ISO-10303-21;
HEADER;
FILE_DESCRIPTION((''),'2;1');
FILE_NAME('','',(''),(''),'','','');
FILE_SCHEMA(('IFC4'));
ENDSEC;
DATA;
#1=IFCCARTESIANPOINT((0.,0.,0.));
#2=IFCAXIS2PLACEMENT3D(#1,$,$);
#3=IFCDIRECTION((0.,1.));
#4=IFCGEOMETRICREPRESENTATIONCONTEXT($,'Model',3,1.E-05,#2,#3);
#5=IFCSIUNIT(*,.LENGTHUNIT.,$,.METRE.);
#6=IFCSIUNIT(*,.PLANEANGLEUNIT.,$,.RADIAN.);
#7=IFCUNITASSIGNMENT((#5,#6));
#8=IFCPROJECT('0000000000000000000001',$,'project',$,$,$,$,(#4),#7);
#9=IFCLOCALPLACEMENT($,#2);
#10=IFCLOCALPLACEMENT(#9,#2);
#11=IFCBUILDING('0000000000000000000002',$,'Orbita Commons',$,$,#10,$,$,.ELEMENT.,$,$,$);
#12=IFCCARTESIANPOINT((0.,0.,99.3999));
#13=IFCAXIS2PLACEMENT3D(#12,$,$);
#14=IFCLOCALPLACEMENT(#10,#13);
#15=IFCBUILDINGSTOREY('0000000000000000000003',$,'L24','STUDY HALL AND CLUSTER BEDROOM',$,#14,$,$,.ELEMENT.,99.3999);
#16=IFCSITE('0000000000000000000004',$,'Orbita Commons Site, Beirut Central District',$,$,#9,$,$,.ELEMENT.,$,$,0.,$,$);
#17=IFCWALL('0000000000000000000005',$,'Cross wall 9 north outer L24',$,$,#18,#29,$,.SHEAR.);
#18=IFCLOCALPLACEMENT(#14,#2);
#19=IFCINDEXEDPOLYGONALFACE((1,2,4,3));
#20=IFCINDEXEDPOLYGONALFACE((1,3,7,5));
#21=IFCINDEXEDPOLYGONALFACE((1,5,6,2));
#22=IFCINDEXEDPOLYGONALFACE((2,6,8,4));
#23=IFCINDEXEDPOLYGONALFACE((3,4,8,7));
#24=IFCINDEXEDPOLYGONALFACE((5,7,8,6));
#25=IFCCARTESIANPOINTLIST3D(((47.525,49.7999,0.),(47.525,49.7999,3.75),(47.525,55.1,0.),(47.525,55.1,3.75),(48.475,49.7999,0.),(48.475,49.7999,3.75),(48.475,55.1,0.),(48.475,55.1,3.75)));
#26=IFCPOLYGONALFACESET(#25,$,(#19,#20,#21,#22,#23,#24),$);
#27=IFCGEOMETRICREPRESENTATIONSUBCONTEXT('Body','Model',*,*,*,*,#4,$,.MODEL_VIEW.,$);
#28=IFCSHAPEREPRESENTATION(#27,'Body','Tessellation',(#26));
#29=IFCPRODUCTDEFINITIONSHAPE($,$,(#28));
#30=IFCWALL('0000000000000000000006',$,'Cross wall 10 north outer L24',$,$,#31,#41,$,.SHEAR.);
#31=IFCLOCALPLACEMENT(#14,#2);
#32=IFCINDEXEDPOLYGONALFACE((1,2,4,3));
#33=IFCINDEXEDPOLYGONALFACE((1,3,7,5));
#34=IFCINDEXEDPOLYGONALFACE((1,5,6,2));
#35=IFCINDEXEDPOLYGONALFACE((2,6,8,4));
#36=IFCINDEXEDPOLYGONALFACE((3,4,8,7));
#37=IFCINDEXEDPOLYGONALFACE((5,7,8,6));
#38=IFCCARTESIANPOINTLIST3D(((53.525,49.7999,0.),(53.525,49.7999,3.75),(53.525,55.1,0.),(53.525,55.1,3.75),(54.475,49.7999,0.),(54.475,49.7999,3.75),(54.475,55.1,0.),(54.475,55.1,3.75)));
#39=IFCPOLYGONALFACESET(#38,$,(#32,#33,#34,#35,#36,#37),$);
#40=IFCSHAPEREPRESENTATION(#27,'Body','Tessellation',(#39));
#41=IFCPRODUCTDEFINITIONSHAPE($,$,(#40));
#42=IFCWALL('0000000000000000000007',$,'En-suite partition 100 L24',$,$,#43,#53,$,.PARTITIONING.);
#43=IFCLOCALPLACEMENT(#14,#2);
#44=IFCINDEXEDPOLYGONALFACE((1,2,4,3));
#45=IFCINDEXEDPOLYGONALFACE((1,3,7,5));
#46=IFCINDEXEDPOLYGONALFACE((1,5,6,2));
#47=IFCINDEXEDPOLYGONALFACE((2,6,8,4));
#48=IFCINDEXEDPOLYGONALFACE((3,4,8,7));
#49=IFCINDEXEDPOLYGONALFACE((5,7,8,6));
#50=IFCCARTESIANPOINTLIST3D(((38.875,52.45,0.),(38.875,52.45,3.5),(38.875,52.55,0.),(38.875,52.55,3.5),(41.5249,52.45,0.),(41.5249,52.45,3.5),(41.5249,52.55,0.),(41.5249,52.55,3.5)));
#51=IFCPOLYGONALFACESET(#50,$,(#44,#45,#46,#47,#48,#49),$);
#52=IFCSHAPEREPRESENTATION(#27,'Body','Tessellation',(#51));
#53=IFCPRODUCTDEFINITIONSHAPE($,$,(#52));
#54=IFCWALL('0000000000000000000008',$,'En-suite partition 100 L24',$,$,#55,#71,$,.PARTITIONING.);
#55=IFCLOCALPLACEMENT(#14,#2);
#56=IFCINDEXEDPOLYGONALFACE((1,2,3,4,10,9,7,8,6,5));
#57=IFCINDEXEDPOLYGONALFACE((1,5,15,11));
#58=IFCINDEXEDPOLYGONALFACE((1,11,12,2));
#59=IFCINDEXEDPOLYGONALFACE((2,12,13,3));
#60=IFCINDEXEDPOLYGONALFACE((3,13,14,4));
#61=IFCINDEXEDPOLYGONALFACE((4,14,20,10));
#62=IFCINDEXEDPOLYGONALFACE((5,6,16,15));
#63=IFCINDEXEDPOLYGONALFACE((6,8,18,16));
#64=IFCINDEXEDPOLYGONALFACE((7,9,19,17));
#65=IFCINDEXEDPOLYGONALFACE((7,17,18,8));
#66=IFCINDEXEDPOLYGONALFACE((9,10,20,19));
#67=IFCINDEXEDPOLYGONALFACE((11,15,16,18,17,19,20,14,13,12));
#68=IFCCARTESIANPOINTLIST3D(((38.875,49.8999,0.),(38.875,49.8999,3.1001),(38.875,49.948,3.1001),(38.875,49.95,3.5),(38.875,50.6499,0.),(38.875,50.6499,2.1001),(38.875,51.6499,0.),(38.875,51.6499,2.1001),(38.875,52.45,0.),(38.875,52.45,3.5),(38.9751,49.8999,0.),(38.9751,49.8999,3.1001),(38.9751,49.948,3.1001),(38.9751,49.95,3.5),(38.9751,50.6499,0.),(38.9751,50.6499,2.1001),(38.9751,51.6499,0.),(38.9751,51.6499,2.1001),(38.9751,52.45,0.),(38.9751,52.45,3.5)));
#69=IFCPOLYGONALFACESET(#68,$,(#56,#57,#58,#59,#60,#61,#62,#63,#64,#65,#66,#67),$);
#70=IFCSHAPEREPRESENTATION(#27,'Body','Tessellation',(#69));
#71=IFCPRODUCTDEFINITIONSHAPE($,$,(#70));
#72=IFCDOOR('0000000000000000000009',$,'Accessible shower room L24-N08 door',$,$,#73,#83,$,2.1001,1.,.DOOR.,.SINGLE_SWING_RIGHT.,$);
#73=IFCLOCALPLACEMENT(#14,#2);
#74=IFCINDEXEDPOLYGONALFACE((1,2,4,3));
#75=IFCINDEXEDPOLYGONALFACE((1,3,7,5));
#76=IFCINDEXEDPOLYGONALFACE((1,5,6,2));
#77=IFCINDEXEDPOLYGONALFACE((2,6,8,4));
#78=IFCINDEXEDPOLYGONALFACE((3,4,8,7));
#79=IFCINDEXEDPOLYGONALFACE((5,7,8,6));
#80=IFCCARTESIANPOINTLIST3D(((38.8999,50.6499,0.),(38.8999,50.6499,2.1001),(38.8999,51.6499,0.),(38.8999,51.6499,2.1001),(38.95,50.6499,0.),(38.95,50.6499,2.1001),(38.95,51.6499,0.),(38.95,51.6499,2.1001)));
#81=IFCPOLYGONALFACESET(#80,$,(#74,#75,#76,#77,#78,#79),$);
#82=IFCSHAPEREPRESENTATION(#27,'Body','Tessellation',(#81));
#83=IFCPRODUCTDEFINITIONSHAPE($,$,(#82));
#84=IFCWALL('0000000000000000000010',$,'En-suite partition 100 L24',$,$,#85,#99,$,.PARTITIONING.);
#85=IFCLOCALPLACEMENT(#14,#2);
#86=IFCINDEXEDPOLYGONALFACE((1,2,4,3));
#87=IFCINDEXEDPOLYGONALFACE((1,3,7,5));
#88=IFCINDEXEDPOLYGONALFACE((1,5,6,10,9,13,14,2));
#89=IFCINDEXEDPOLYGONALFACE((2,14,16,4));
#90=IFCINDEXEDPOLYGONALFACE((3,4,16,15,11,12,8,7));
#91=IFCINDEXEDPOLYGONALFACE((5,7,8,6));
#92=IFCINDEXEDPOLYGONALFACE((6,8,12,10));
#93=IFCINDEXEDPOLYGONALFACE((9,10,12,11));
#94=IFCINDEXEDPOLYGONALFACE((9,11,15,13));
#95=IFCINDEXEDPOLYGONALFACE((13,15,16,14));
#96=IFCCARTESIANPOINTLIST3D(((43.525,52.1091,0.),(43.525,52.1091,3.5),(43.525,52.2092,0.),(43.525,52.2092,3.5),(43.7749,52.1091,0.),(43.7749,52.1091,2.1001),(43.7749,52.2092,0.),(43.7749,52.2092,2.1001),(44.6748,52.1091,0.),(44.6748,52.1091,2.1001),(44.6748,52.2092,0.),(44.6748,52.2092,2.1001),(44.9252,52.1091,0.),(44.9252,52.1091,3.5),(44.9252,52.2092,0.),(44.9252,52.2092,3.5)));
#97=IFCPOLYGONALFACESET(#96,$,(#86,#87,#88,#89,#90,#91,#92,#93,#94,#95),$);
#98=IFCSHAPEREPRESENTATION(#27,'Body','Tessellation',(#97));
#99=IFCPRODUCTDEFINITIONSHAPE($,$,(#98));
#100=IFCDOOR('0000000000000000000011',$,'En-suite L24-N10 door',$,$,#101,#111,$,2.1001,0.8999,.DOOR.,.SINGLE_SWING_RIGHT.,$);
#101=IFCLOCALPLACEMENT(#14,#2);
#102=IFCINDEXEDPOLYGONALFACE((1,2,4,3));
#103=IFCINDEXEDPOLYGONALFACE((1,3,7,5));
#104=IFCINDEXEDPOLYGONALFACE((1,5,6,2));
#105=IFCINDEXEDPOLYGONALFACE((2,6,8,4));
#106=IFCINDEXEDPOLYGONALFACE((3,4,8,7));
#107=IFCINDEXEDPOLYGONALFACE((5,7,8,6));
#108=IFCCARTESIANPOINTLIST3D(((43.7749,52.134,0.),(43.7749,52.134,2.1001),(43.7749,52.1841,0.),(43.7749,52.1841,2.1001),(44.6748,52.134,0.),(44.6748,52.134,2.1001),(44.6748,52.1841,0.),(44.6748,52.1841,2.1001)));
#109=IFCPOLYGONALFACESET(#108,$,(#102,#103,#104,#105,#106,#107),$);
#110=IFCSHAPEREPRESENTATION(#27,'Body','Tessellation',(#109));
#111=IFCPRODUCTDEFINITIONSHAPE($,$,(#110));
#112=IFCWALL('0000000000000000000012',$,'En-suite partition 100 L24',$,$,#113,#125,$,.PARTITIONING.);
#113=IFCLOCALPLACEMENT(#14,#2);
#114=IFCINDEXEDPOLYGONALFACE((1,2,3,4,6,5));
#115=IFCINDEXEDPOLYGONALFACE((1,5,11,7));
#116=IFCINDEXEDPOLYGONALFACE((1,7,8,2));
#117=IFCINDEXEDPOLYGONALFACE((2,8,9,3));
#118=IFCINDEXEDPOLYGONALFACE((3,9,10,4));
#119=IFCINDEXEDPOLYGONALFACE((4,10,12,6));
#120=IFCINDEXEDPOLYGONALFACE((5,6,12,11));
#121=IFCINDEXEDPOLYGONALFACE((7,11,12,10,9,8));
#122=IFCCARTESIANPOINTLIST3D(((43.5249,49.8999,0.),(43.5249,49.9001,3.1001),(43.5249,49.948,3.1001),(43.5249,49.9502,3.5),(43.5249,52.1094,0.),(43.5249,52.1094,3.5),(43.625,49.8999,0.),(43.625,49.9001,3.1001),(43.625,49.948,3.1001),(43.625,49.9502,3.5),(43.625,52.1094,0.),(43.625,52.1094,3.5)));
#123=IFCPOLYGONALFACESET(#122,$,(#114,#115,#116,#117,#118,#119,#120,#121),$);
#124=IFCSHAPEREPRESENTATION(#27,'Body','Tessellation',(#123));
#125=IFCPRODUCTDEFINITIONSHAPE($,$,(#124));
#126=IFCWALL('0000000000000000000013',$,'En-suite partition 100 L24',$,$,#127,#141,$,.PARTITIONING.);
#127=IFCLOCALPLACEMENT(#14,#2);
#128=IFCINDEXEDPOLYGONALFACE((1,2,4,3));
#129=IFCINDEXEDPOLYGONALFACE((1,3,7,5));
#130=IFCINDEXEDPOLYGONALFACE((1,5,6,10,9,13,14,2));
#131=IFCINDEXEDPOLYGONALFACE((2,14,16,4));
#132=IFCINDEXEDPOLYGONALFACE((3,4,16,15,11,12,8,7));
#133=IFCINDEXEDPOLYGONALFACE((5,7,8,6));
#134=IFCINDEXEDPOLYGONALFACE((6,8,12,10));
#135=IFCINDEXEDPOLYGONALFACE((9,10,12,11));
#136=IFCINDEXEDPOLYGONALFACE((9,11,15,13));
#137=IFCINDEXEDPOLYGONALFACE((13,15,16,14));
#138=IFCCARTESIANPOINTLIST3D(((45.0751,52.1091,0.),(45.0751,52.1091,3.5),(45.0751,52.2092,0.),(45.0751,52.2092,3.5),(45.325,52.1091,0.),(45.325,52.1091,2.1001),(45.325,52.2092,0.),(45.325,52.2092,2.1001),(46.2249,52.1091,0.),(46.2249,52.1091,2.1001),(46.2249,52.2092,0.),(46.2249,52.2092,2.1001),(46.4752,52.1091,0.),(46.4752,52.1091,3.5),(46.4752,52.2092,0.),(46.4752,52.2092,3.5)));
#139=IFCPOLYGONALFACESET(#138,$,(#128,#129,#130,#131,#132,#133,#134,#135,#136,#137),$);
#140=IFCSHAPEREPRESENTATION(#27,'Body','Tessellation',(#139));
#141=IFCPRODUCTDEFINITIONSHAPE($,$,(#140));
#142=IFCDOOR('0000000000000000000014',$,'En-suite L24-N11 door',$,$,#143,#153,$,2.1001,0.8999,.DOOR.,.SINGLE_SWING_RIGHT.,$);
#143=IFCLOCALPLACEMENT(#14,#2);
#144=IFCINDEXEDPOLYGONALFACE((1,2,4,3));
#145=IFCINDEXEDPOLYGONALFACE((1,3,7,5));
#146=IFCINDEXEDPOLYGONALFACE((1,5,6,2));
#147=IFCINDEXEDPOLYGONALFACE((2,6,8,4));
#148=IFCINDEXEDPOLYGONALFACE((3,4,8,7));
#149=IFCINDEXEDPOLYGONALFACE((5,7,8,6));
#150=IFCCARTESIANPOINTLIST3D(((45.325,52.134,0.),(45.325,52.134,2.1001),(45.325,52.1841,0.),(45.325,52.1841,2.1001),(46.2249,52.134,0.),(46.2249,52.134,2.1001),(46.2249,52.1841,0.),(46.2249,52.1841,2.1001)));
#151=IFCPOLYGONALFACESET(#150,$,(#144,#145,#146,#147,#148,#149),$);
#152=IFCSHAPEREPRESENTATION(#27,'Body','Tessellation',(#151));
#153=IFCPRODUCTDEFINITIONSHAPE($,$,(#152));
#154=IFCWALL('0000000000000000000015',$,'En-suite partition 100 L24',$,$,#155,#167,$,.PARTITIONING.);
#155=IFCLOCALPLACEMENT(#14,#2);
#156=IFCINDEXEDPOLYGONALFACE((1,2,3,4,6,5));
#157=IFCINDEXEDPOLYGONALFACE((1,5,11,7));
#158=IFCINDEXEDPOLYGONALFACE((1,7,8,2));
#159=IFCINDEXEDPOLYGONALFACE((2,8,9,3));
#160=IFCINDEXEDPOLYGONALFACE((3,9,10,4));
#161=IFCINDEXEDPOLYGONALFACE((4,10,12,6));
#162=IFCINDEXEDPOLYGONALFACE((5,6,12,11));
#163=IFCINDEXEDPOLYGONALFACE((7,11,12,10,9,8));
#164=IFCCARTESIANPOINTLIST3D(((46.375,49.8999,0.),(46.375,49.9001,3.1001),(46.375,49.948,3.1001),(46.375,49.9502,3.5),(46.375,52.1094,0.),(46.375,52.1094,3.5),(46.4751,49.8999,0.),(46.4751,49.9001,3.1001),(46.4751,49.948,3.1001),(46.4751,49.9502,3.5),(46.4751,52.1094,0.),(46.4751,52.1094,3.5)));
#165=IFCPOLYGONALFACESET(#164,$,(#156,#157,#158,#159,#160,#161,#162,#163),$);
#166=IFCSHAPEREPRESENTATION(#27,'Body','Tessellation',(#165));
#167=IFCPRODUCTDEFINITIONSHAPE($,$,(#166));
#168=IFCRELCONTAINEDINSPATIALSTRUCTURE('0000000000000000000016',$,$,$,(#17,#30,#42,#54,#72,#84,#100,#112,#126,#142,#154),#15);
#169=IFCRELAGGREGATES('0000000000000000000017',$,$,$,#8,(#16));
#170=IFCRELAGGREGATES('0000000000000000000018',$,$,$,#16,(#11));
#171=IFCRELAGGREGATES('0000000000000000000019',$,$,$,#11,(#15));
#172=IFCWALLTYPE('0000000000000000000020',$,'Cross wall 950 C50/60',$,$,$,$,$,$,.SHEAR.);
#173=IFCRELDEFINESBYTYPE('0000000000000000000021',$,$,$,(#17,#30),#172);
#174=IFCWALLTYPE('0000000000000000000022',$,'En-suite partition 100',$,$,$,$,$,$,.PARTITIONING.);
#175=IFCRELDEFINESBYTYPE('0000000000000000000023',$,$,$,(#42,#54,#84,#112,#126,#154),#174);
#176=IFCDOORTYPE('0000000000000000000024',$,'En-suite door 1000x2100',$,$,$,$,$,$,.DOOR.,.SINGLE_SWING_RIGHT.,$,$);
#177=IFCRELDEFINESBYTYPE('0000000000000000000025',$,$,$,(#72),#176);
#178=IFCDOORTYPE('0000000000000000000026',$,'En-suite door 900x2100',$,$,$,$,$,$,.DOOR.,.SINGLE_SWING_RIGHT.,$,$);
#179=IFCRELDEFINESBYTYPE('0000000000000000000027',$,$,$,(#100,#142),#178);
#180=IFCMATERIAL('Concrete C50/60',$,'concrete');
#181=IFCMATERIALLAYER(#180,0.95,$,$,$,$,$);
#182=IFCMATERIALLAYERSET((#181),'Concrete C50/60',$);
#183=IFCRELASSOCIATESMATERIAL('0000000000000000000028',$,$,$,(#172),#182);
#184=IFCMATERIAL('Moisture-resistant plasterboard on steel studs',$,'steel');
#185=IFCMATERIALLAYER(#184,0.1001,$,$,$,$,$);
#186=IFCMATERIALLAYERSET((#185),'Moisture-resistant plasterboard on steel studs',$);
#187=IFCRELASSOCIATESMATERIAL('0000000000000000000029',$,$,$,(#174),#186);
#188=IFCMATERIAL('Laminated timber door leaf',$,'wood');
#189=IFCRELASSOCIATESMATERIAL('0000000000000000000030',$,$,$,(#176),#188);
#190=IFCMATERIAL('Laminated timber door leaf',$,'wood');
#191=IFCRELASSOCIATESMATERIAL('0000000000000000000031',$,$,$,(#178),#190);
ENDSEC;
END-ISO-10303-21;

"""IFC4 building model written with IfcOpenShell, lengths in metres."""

from ifc_helpers import new_model, si_unit, direction, frame, frame_2d, origin, place, context, subcontext, project, spatial, polyline, rectangle, outline, extrude, material, layer, layer_set, type_object, element, fill, save


model = new_model("IFC4")

# Units and contexts
model_context = context("Model", 3, precision=1e-05, world=origin(), true_north=direction((0.0, 1.0)))
body_context = subcontext(model_context, "Body", "Model", "MODEL_VIEW")
ifc_project = project(units=[si_unit("LENGTHUNIT", "METRE"), si_unit("PLANEANGLEUNIT", "RADIAN")], contexts=[model_context])

# Site, building, storey
site_placement = place(None, origin())
site = spatial("IfcSite", under=ifc_project, at=site_placement, Name="Orbita Commons Site, Beirut Central District", CompositionType="ELEMENT", RefElevation=0.0)
building_placement = place(site_placement, origin())
building = spatial("IfcBuilding", under=site, at=building_placement, Name="Orbita Commons", CompositionType="ELEMENT")
storey_placement = place(building_placement, frame((0.0, 0.0, 99.3999)))
storey = spatial("IfcBuildingStorey", under=building, at=storey_placement, Name="L24", Description="STUDY HALL AND CLUSTER BEDROOM", CompositionType="ELEMENT", Elevation=99.3999)

# Walls
ifc_material_1 = material(Name="Concrete C50/60", Category="concrete")
ifc_layer_1 = layer(ifc_material_1, 0.95)
ifc_layer_set_1 = layer_set([ifc_layer_1], Name="Concrete C50/60")
wall_type_1 = type_object("IfcWallType", Name="Cross wall 950 C50/60", PredefinedType="SHEAR", material=ifc_layer_set_1)
for number, where, z_axis, x_axis, name in (
    (1, (48.0, 49.8, 0.0), (0.0, 0.0, 1.0), (0.0, 1.0, 0.0), "Cross wall 9 north outer L24"),
    (2, (54.0, 49.8, 0.0), (0.0, 0.0, 1.0), (0.0, 1.0, 0.0), "Cross wall 10 north outer L24"),
):
    element("IfcWall", number, at=place(storey_placement, frame(where, z_axis=z_axis, x_axis=x_axis)), inside=storey, type_object=wall_type_1, Name=name, PredefinedType="SHEAR", context=body_context, shape_type="SweptSolid", body=[
        extrude(rectangle(XDim=5.3, YDim=0.95, at=frame_2d((2.6499, 0.0))), origin(), (0.0, 0.0, 1.0), 3.75),
    ])
ifc_material_2 = material(Name="Moisture-resistant plasterboard on steel studs", Category="steel")
ifc_layer_2 = layer(ifc_material_2, 0.1001)
ifc_layer_set_2 = layer_set([ifc_layer_2], Name="Moisture-resistant plasterboard on steel studs")
wall_type_2 = type_object("IfcWallType", Name="En-suite partition 100", PredefinedType="PARTITIONING", material=ifc_layer_set_2)
wall_1_placement = place(storey_placement, frame((38.875, 52.5, 0.0), z_axis=(0.0, 0.0, 1.0), x_axis=(1.0, 0.0, 0.0)))
element("IfcWall", 3, at=wall_1_placement, inside=storey, type_object=wall_type_2, Name="En-suite partition 100 L24", PredefinedType="PARTITIONING", context=body_context, shape_type="SweptSolid", body=[
    extrude(rectangle(XDim=2.6499, YDim=0.1001, at=frame_2d((1.325, 0.0))), origin(), (0.0, 0.0, 1.0), 3.5),
])

# Walls, openings, doors
wall_2_placement = place(storey_placement, frame((38.925, 52.45, 0.0), z_axis=(0.0, 0.0, 1.0), x_axis=(0.0, -1.0, 0.0)))
wall_2 = element("IfcWall", 4, at=wall_2_placement, inside=storey, type_object=wall_type_2, Name="En-suite partition 100 L24", PredefinedType="PARTITIONING", context=body_context, shape_type="SweptSolid", body=[
    extrude(outline(polyline([(0.0, 0.0), (2.55, 0.0), (2.55, 3.1001), (2.502, 3.1001), (2.5, 3.5), (0.0, 3.5), (0.0, 0.0)])), frame((0.0, 0.05, 0.0), z_axis=(0.0, -1.0, 0.0), x_axis=(1.0, 0.0, 0.0)), (0.0, 0.0, 1.0), 0.1001),
])
opening_1_placement = place(wall_2_placement, frame((0.8, 0.0, 0.0)))
opening_1 = element("IfcOpeningElement", 5, at=opening_1_placement, cuts=wall_2, PredefinedType="OPENING", context=body_context, shape_type="SweptSolid", body=[
    extrude(rectangle(XDim=1.0, YDim=2.1001, at=frame_2d((0.5, 1.05))), frame((0.0, 0.0601, 0.0), z_axis=(0.0, -1.0, 0.0), x_axis=(1.0, 0.0, 0.0)), (0.0, 0.0, 1.0), 0.1201),
])
ifc_material_3 = material(Name="Laminated timber door leaf", Category="wood")
door_type_1 = type_object("IfcDoorType", Name="En-suite door 1000x2100", OperationType="SINGLE_SWING_RIGHT", PredefinedType="DOOR", material=ifc_material_3)
door_1_placement = place(opening_1_placement, origin())
door_1 = element("IfcDoor", 6, at=door_1_placement, inside=storey, type_object=door_type_1, Name="Accessible shower room L24-N08 door", OperationType="SINGLE_SWING_RIGHT", OverallHeight=2.1001, OverallWidth=1.0, PredefinedType="DOOR", context=body_context, shape_type="SweptSolid", body=[
    extrude(rectangle(XDim=1.0, YDim=2.1001, at=frame_2d((0.5, 1.05))), frame((0.0, 0.0249, 0.0), z_axis=(0.0, -1.0, 0.0), x_axis=(1.0, 0.0, 0.0)), (0.0, 0.0, 1.0), 0.05),
])
fill(opening_1, door_1)
wall_3_placement = place(storey_placement, frame((43.5249, 52.1592, 0.0), z_axis=(0.0, 0.0, 1.0), x_axis=(1.0, 0.0, 0.0)))
wall_3 = element("IfcWall", 7, at=wall_3_placement, inside=storey, type_object=wall_type_2, Name="En-suite partition 100 L24", PredefinedType="PARTITIONING", context=body_context, shape_type="SweptSolid", body=[
    extrude(rectangle(XDim=1.4001, YDim=0.1001, at=frame_2d((0.7002, 0.0))), origin(), (0.0, 0.0, 1.0), 3.5),
])
opening_2_placement = place(wall_3_placement, frame((0.25, 0.0, 0.0)))
opening_2 = element("IfcOpeningElement", 8, at=opening_2_placement, cuts=wall_3, PredefinedType="OPENING", context=body_context, shape_type="SweptSolid", body=[
    extrude(rectangle(XDim=0.8999, YDim=2.1001, at=frame_2d((0.45, 1.05))), frame((0.0, 0.0601, 0.0), z_axis=(0.0, -1.0, 0.0), x_axis=(1.0, 0.0, 0.0)), (0.0, 0.0, 1.0), 0.1201),
])
ifc_material_4 = material(Name="Laminated timber door leaf", Category="wood")
door_type_2 = type_object("IfcDoorType", Name="En-suite door 900x2100", OperationType="SINGLE_SWING_RIGHT", PredefinedType="DOOR", material=ifc_material_4)
door_2_placement = place(opening_2_placement, origin())
door_2 = element("IfcDoor", 9, at=door_2_placement, inside=storey, type_object=door_type_2, Name="En-suite L24-N10 door", OperationType="SINGLE_SWING_RIGHT", OverallHeight=2.1001, OverallWidth=0.8999, PredefinedType="DOOR", context=body_context, shape_type="SweptSolid", body=[
    extrude(rectangle(XDim=0.8999, YDim=2.1001, at=frame_2d((0.45, 1.05))), frame((0.0, 0.0249, 0.0), z_axis=(0.0, -1.0, 0.0), x_axis=(1.0, 0.0, 0.0)), (0.0, 0.0, 1.0), 0.05),
])
fill(opening_2, door_2)

# Wall
wall_4_placement = place(storey_placement, frame((43.575, 52.1094, 0.0), z_axis=(0.0, 0.0, 1.0), x_axis=(0.0, -1.0, 0.0)))
element("IfcWall", 10, at=wall_4_placement, inside=storey, type_object=wall_type_2, Name="En-suite partition 100 L24", PredefinedType="PARTITIONING", context=body_context, shape_type="SweptSolid", body=[
    extrude(outline(polyline([(0.0, 0.0), (2.2095, 0.0), (2.2092, 3.1001), (2.1614, 3.1001), (2.1592, 3.5), (0.0, 3.5), (0.0, 0.0)])), frame((0.0, 0.05, 0.0), z_axis=(0.0, -1.0, 0.0), x_axis=(1.0, 0.0, 0.0)), (0.0, 0.0, 1.0), 0.1001),
])

# Wall, opening, door
wall_5_placement = place(storey_placement, frame((45.075, 52.1592, 0.0), z_axis=(0.0, 0.0, 1.0), x_axis=(1.0, 0.0, 0.0)))
wall_5 = element("IfcWall", 11, at=wall_5_placement, inside=storey, type_object=wall_type_2, Name="En-suite partition 100 L24", PredefinedType="PARTITIONING", context=body_context, shape_type="SweptSolid", body=[
    extrude(rectangle(XDim=1.4001, YDim=0.1001, at=frame_2d((0.7002, 0.0))), origin(), (0.0, 0.0, 1.0), 3.5),
])
opening_3_placement = place(wall_5_placement, frame((0.25, 0.0, 0.0)))
opening_3 = element("IfcOpeningElement", 12, at=opening_3_placement, cuts=wall_5, PredefinedType="OPENING", context=body_context, shape_type="SweptSolid", body=[
    extrude(rectangle(XDim=0.8999, YDim=2.1001, at=frame_2d((0.45, 1.05))), frame((0.0, 0.0601, 0.0), z_axis=(0.0, -1.0, 0.0), x_axis=(1.0, 0.0, 0.0)), (0.0, 0.0, 1.0), 0.1201),
])
door_3_placement = place(opening_3_placement, origin())
door_3 = element("IfcDoor", 13, at=door_3_placement, inside=storey, type_object=door_type_2, Name="En-suite L24-N11 door", OperationType="SINGLE_SWING_RIGHT", OverallHeight=2.1001, OverallWidth=0.8999, PredefinedType="DOOR", context=body_context, shape_type="SweptSolid", body=[
    extrude(rectangle(XDim=0.8999, YDim=2.1001, at=frame_2d((0.45, 1.05))), frame((0.0, 0.0249, 0.0), z_axis=(0.0, -1.0, 0.0), x_axis=(1.0, 0.0, 0.0)), (0.0, 0.0, 1.0), 0.05),
])
fill(opening_3, door_3)

# Wall
wall_6_placement = place(storey_placement, frame((46.425, 52.1094, 0.0), z_axis=(0.0, 0.0, 1.0), x_axis=(0.0, -1.0, 0.0)))
element("IfcWall", 14, at=wall_6_placement, inside=storey, type_object=wall_type_2, Name="En-suite partition 100 L24", PredefinedType="PARTITIONING", context=body_context, shape_type="SweptSolid", body=[
    extrude(outline(polyline([(0.0, 0.0), (2.2095, 0.0), (2.2092, 3.1001), (2.1614, 3.1001), (2.1592, 3.5), (0.0, 3.5), (0.0, 0.0)])), frame((0.0, 0.05, 0.0), z_axis=(0.0, -1.0, 0.0), x_axis=(1.0, 0.0, 0.0)), (0.0, 0.0, 1.0), 0.1001),
])

save(model, "model.ifc")
